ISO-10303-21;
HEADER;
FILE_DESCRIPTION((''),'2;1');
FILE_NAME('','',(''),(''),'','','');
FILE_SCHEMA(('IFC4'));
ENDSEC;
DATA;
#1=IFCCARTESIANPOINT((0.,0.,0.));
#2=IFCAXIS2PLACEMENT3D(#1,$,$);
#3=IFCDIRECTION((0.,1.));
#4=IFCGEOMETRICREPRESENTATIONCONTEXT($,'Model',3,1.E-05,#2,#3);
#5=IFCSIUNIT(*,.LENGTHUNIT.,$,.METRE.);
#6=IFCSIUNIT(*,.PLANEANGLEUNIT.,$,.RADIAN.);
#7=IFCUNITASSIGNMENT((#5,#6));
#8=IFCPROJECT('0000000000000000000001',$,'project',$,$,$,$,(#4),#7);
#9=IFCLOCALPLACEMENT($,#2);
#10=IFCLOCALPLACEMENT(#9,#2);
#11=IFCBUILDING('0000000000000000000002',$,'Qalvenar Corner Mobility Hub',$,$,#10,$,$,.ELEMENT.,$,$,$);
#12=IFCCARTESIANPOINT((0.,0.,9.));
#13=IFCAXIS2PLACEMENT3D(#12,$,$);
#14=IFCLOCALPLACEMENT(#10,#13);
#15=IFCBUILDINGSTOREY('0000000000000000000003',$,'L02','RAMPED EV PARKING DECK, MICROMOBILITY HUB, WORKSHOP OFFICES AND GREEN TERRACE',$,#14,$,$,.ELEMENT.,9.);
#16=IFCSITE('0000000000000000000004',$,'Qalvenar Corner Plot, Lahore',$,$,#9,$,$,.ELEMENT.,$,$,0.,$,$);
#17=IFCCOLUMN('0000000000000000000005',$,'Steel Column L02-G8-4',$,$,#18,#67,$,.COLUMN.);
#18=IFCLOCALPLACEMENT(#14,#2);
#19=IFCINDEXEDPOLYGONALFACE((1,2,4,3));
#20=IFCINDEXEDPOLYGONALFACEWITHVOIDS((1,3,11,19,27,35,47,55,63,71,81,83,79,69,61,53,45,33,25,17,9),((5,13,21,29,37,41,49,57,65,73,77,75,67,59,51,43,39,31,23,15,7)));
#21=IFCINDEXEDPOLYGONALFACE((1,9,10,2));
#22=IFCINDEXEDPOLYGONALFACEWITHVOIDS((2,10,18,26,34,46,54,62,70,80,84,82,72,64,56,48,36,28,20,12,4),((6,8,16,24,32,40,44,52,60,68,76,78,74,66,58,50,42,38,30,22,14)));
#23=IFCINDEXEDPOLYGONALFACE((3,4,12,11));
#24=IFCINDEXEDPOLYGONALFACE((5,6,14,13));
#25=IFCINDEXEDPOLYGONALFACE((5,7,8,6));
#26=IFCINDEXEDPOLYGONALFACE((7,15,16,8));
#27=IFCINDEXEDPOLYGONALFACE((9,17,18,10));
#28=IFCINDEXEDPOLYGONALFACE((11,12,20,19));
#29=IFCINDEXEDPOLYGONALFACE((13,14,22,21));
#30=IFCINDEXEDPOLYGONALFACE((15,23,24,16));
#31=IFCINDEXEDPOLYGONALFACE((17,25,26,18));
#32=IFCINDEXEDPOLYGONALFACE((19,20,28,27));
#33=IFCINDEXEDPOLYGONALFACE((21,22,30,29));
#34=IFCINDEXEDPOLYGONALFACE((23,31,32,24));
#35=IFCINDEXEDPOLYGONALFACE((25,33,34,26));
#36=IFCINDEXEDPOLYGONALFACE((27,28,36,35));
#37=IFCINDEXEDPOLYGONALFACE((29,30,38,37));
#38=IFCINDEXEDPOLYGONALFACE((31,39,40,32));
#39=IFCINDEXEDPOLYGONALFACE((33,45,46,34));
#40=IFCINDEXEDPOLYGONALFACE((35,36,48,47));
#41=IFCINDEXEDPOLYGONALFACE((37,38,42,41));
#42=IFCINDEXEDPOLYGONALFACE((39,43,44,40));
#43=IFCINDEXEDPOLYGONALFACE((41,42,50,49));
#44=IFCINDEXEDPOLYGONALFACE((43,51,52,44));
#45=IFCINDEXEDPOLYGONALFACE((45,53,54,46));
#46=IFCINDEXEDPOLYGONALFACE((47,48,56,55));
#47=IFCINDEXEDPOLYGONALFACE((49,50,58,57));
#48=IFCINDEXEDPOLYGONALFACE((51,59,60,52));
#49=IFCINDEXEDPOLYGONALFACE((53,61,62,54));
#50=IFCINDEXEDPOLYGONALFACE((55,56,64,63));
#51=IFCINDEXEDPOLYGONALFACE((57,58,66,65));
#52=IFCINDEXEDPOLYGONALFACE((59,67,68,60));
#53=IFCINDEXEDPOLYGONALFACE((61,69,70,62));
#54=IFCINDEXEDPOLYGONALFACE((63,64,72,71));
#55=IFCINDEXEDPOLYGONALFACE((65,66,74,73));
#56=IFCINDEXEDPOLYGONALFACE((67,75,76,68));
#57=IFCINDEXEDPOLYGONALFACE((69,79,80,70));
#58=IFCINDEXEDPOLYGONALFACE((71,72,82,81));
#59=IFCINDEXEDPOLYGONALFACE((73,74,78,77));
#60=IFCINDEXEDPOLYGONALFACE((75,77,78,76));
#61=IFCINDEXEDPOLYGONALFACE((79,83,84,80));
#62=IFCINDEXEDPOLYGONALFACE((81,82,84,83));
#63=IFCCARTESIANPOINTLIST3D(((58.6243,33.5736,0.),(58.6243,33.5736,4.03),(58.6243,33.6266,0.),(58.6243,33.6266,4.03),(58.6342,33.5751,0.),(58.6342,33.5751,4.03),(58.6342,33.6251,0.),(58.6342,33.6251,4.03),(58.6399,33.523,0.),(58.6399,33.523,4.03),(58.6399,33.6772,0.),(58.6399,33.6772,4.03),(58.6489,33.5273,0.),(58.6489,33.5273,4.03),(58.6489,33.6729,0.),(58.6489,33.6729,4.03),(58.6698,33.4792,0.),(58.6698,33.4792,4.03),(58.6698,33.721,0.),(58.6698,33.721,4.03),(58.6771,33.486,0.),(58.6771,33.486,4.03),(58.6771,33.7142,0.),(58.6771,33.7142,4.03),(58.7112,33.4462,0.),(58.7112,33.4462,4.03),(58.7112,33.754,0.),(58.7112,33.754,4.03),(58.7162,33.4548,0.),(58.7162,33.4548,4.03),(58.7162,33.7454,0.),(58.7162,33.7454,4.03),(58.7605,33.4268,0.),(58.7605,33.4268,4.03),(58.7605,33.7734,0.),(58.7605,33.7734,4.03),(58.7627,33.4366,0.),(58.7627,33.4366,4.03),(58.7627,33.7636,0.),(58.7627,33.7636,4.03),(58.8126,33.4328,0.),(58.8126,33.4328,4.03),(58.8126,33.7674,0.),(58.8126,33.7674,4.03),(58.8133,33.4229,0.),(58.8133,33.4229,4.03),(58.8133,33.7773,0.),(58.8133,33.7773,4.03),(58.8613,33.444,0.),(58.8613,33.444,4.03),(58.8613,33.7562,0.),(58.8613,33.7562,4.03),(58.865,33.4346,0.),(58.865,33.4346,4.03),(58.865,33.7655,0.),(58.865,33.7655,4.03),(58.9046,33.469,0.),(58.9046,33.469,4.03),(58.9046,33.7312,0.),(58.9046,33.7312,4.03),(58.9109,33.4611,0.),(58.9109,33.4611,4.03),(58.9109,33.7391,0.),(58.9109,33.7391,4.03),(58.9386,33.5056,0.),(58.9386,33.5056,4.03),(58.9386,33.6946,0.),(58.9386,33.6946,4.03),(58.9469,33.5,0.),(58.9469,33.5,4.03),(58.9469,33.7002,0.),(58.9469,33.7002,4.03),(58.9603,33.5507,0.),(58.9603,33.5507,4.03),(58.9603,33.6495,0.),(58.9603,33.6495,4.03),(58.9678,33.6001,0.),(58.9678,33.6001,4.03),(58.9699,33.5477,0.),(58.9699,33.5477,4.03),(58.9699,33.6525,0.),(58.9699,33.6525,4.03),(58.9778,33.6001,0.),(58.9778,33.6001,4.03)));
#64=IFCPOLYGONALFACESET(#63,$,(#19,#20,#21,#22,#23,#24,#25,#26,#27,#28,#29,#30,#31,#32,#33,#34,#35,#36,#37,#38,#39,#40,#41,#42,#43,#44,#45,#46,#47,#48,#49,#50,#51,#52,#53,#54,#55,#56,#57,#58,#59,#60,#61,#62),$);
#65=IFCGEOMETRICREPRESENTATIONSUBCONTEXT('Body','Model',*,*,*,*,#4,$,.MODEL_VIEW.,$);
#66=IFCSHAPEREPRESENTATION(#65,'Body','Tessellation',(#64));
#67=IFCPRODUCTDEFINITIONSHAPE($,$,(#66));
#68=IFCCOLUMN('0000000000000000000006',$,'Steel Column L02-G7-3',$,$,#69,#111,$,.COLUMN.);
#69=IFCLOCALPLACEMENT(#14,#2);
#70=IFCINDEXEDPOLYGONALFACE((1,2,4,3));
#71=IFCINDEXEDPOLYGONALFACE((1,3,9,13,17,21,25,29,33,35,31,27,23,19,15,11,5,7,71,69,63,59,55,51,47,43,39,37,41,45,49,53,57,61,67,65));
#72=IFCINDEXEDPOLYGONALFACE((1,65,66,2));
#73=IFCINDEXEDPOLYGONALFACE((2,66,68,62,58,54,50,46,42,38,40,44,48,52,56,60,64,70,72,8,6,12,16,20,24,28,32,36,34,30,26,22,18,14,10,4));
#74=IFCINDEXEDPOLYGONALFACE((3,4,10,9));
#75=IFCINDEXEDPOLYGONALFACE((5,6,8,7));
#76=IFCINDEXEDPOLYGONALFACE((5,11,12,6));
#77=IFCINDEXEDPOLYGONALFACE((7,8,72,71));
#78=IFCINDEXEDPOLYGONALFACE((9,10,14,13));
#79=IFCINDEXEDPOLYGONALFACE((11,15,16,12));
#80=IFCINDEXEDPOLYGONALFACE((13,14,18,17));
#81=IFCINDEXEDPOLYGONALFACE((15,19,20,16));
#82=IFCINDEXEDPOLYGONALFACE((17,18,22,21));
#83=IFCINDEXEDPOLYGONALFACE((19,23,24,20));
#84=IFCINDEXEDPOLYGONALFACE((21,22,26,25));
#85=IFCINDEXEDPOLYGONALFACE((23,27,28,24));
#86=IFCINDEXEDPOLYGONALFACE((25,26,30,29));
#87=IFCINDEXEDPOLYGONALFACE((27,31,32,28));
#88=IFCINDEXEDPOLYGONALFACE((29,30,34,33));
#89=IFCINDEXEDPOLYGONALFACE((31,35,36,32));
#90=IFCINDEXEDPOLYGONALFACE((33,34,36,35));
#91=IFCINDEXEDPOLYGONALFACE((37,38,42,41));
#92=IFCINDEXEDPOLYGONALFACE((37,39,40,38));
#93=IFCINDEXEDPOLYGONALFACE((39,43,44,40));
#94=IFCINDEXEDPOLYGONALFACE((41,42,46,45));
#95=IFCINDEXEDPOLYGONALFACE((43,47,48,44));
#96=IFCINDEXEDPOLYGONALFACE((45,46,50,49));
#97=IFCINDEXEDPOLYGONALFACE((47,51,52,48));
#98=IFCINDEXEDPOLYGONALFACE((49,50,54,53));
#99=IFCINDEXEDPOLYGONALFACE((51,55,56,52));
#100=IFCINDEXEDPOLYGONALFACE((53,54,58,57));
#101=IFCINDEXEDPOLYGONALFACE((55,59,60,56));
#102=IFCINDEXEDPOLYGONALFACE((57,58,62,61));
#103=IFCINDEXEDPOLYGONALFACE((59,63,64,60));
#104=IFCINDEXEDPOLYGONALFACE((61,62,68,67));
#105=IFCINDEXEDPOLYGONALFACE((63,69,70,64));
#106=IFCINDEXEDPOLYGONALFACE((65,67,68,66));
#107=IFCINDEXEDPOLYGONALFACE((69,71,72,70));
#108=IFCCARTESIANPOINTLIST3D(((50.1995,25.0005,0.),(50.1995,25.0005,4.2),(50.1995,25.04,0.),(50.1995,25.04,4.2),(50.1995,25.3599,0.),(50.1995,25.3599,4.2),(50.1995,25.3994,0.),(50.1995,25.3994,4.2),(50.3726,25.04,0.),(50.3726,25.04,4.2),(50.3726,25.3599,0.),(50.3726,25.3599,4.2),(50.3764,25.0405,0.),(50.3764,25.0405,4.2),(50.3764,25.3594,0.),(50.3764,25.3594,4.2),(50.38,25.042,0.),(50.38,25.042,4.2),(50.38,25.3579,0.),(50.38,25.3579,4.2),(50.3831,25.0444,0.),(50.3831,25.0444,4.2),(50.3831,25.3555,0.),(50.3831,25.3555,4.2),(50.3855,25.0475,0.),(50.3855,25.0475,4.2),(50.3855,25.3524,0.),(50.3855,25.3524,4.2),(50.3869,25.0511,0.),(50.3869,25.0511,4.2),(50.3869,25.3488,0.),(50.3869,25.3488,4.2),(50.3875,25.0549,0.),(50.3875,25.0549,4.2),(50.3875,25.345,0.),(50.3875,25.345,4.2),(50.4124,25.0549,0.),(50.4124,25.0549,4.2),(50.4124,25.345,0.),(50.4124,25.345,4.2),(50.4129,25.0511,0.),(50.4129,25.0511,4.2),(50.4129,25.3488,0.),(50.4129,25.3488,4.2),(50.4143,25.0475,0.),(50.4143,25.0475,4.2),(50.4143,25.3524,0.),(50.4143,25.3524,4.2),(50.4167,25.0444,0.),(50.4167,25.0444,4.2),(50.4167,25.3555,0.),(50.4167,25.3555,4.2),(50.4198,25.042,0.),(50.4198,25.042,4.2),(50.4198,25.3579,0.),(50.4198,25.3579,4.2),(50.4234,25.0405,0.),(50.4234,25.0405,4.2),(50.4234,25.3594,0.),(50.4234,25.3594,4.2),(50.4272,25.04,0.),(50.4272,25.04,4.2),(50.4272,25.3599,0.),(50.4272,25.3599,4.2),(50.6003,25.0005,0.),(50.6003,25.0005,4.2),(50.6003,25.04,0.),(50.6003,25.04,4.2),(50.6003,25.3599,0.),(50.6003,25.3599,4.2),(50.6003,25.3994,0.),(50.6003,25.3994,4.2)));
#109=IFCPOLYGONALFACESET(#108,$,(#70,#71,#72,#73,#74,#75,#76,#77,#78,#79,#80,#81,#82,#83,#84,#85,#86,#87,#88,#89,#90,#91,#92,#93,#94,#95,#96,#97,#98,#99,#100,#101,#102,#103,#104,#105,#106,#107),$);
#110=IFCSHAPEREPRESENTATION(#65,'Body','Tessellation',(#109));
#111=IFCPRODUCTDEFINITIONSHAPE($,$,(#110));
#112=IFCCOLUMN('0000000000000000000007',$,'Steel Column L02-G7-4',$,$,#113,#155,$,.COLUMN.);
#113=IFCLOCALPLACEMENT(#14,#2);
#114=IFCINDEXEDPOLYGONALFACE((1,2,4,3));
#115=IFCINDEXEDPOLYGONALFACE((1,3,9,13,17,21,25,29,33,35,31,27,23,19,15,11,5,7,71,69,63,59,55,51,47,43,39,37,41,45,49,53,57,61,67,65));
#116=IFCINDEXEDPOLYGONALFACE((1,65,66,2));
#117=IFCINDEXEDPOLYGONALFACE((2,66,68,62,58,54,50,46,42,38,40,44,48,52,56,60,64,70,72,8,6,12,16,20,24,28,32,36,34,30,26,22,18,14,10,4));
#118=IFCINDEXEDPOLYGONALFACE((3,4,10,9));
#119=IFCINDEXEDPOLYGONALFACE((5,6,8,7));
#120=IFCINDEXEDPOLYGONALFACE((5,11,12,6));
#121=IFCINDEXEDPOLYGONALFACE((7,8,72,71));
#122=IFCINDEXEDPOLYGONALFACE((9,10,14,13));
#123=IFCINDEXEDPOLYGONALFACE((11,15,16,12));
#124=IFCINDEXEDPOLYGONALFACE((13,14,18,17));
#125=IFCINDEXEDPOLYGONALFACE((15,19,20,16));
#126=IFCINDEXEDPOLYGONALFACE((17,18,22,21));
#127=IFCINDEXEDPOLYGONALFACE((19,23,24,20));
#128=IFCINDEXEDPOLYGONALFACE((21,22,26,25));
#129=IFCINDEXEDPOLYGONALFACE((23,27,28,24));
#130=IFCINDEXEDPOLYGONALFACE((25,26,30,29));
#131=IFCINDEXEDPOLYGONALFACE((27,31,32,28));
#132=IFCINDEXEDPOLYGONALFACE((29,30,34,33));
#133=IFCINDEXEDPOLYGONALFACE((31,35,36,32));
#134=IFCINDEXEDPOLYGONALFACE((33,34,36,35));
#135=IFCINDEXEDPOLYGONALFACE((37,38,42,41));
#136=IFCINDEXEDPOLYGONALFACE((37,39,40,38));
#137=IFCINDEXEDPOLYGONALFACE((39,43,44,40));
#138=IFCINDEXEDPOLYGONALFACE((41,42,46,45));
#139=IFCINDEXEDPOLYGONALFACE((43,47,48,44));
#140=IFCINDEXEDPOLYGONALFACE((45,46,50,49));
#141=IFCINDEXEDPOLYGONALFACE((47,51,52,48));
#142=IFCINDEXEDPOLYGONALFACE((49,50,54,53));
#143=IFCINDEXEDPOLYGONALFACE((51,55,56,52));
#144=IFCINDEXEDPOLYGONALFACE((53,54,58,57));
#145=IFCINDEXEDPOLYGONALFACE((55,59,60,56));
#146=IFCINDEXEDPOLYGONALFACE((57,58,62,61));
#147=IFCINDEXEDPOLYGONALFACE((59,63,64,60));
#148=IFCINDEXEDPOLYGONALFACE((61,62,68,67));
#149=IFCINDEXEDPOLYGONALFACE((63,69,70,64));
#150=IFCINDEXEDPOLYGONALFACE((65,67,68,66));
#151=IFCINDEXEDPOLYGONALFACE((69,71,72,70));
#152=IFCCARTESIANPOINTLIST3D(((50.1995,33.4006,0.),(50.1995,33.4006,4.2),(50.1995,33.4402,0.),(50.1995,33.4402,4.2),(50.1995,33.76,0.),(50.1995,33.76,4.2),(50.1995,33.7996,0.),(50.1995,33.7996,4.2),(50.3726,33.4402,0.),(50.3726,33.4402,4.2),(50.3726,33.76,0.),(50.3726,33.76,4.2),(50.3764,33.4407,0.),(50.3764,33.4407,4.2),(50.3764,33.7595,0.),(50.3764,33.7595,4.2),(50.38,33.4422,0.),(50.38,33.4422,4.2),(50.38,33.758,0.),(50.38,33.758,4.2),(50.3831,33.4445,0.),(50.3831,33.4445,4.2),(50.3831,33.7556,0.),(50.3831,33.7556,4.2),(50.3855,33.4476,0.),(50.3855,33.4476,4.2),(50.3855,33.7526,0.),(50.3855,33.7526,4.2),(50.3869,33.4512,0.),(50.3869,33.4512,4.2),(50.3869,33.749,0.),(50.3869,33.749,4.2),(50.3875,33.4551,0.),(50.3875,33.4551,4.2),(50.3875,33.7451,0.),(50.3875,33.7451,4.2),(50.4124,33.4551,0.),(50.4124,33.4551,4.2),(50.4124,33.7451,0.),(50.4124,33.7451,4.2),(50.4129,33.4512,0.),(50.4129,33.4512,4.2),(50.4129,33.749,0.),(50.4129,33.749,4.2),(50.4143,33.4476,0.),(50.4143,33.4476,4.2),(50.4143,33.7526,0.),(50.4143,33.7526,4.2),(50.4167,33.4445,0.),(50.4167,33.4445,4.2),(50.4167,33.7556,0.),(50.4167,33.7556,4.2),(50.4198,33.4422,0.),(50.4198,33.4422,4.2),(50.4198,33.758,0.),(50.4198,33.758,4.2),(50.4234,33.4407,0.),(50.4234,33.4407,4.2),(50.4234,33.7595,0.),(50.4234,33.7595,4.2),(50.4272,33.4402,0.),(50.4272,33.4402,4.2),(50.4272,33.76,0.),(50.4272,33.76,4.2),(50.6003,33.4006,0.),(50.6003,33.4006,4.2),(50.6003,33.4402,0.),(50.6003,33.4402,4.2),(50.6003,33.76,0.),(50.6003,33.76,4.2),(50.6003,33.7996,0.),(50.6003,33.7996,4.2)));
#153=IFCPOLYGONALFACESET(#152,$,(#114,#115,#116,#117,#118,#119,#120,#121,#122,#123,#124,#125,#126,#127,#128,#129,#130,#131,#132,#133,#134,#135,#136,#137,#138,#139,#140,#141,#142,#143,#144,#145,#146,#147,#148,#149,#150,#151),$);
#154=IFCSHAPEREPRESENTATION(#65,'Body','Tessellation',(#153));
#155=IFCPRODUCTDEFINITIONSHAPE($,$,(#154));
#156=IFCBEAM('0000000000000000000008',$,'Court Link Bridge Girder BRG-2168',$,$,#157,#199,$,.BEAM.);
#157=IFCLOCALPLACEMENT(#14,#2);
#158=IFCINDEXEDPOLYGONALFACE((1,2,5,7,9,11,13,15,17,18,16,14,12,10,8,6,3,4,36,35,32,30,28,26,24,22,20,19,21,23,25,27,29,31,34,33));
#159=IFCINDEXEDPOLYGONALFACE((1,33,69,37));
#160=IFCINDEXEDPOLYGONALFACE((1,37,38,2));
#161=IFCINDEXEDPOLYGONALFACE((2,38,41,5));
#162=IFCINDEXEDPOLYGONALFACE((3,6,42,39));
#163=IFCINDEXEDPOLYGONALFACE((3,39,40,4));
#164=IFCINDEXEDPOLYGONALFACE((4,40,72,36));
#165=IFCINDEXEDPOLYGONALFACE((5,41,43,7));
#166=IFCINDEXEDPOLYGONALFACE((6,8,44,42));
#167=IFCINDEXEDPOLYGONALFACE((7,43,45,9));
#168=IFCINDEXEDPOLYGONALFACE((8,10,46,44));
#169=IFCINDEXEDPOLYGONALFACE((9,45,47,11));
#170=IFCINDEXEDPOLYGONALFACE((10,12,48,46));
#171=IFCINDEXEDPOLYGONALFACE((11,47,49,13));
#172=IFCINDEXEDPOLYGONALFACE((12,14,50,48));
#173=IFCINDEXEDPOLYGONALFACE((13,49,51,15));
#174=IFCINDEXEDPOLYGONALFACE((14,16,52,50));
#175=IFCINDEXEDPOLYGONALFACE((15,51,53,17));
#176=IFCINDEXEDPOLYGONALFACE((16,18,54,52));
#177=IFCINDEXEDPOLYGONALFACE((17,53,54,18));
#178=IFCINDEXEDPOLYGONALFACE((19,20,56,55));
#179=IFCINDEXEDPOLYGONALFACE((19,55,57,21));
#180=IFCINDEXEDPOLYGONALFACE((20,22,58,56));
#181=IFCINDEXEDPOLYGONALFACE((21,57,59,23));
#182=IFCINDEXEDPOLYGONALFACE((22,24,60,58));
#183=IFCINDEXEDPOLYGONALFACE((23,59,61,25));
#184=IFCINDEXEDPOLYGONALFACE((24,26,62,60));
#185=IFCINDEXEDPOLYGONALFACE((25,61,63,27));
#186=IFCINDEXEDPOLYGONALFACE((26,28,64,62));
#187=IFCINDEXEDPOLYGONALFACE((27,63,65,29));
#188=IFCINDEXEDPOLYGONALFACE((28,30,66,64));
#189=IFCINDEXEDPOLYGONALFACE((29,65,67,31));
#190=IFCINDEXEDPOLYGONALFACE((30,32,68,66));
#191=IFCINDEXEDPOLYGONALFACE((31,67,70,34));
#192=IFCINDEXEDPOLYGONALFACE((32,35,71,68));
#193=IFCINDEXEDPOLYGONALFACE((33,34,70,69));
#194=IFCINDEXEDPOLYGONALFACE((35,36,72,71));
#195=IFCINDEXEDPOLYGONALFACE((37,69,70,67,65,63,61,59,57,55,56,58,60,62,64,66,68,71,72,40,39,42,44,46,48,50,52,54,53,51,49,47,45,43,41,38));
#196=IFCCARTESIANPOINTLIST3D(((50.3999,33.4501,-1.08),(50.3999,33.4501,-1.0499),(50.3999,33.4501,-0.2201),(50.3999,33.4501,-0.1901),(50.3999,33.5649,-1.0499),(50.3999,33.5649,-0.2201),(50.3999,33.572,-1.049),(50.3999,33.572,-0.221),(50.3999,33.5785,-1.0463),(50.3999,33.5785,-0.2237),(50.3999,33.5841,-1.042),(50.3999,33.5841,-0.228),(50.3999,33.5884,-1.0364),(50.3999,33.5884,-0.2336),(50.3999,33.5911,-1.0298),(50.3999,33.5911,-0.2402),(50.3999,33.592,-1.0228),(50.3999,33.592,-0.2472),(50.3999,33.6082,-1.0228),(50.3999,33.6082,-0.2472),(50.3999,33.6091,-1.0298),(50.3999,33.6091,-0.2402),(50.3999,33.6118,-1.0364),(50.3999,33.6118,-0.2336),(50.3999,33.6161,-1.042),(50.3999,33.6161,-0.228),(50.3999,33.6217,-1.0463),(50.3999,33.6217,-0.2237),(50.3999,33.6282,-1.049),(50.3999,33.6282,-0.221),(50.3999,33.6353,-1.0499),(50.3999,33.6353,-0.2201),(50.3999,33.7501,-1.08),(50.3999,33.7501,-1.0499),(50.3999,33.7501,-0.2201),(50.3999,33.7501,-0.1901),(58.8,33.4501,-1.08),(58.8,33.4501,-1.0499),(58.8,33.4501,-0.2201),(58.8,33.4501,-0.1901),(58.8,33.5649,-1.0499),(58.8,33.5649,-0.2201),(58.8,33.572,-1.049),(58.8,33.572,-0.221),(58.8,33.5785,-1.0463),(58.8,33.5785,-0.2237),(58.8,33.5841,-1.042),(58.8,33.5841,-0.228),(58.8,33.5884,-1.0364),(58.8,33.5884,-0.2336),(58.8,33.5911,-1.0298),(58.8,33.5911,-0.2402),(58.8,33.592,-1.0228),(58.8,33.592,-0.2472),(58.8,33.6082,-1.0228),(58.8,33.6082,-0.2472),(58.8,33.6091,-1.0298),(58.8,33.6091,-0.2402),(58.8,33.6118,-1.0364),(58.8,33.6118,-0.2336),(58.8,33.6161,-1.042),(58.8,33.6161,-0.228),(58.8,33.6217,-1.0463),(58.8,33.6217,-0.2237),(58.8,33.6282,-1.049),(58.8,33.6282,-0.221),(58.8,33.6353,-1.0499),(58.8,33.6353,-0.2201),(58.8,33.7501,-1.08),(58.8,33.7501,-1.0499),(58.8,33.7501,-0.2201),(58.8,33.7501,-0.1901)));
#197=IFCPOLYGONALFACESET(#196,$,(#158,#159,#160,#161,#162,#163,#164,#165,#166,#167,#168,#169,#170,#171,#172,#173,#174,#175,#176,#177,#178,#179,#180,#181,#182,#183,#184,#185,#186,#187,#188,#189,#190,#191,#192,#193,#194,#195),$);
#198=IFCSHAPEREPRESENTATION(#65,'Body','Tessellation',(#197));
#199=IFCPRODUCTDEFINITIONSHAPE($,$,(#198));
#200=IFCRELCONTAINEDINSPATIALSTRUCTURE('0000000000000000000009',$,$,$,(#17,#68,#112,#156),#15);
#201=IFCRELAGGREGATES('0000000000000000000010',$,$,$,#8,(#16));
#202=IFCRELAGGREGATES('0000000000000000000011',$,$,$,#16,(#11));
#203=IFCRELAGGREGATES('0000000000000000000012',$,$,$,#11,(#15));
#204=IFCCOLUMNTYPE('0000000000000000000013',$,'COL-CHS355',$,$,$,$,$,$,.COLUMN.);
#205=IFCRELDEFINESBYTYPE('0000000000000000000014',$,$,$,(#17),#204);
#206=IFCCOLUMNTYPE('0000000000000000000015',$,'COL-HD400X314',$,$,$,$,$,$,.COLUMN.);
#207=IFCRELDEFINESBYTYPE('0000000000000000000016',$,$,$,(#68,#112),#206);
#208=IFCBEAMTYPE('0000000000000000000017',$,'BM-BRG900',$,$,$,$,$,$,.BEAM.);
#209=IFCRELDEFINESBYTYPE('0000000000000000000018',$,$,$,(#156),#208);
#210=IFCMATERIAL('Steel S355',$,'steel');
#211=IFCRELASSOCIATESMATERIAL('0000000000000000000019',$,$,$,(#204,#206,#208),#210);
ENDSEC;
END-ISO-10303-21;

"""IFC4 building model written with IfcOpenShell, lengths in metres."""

from ifc_helpers import new_model, si_unit, direction, frame, origin, origin_2d, place, context, subcontext, project, spatial, hollow_circle, i_section, extrude, material, material_profile, profile_set, type_object, element, save


model = new_model("IFC4")

# Units and contexts
model_context = context("Model", 3, precision=1e-05, world=origin(), true_north=direction((0.0, 1.0)))
body_context = subcontext(model_context, "Body", "Model", "MODEL_VIEW")
ifc_project = project(units=[si_unit("LENGTHUNIT", "METRE"), si_unit("PLANEANGLEUNIT", "RADIAN")], contexts=[model_context])

# Site, building, storey
site_placement = place(None, origin())
site = spatial("IfcSite", under=ifc_project, at=site_placement, Name="Qalvenar Corner Plot, Lahore", CompositionType="ELEMENT", RefElevation=0.0)
building_placement = place(site_placement, origin())
building = spatial("IfcBuilding", under=site, at=building_placement, Name="Qalvenar Corner Mobility Hub", CompositionType="ELEMENT")
storey_placement = place(building_placement, frame((0.0, 0.0, 9.0)))
storey = spatial("IfcBuildingStorey", under=building, at=storey_placement, Name="L02", Description="RAMPED EV PARKING DECK, MICROMOBILITY HUB, WORKSHOP OFFICES AND GREEN TERRACE", CompositionType="ELEMENT", Elevation=9.0)

# Columns
ifc_material_1 = material(Name="Steel S355", Category="steel")
ifc_material_profile_1 = material_profile(ifc_material_1, hollow_circle(Radius=0.1777, WallThickness=0.01, at=origin_2d()), Name="CHS355.6x10")
ifc_profile_set_1 = profile_set([ifc_material_profile_1], Name="Steel S355")
column_type_1 = type_object("IfcColumnType", Name="COL-CHS355", PredefinedType="COLUMN", material=ifc_profile_set_1)
column_placement = place(storey_placement, frame((58.8, 33.6001, 0.0), z_axis=(0.0, 0.0, 1.0), x_axis=(1.0, 0.0, 0.0)))
element("IfcColumn", 1, at=column_placement, inside=storey, type_object=column_type_1, Name="Steel Column L02-G8-4", PredefinedType="COLUMN", context=body_context, shape_type="SweptSolid", body=[
    extrude(hollow_circle(Radius=0.1777, WallThickness=0.01, at=origin_2d()), origin(), (0.0, 0.0, 1.0), 4.03),
])
ifc_material_profile_2 = material_profile(ifc_material_1, i_section(OverallWidth=0.4009, OverallDepth=0.3989, WebThickness=0.0249, FlangeThickness=0.0396, FilletRadius=0.0149, at=origin_2d()), Name="HD400x314")
ifc_profile_set_2 = profile_set([ifc_material_profile_2], Name="Steel S355")
column_type_2 = type_object("IfcColumnType", Name="COL-HD400X314", PredefinedType="COLUMN", material=ifc_profile_set_2)
for number, where, z_axis, x_axis, name in (
    (2, (50.3999, 25.2, 0.0), (0.0, 0.0, 1.0), (1.0, 0.0, 0.0), "Steel Column L02-G7-3"),
    (3, (50.3999, 33.6001, 0.0), (0.0, 0.0, 1.0), (1.0, 0.0, 0.0), "Steel Column L02-G7-4"),
):
    element("IfcColumn", number, at=place(storey_placement, frame(where, z_axis=z_axis, x_axis=x_axis)), inside=storey, type_object=column_type_2, Name=name, PredefinedType="COLUMN", context=body_context, shape_type="SweptSolid", body=[
        extrude(i_section(OverallWidth=0.4009, OverallDepth=0.3989, WebThickness=0.0249, FlangeThickness=0.0396, FilletRadius=0.0149, at=origin_2d()), origin(), (0.0, 0.0, 1.0), 4.2),
    ])

# Beam
ifc_material_profile_3 = material_profile(ifc_material_1, i_section(OverallWidth=0.3, OverallDepth=0.8899, WebThickness=0.0161, FlangeThickness=0.03, FilletRadius=0.0271, at=origin_2d()), Name="HEA900")
ifc_profile_set_3 = profile_set([ifc_material_profile_3], Name="Steel S355")
beam_type_1 = type_object("IfcBeamType", Name="BM-BRG900", PredefinedType="BEAM", material=ifc_profile_set_3)
beam_1_placement = place(storey_placement, frame((50.3999, 33.6001, -0.635), z_axis=(1.0, 0.0, 0.0), x_axis=(0.0, 1.0, 0.0)))
element("IfcBeam", 4, at=beam_1_placement, inside=storey, type_object=beam_type_1, Name="Court Link Bridge Girder BRG-2168", PredefinedType="BEAM", context=body_context, shape_type="SweptSolid", body=[
    extrude(i_section(OverallWidth=0.3, OverallDepth=0.8899, WebThickness=0.0161, FlangeThickness=0.03, FilletRadius=0.0271, at=origin_2d()), origin(), (0.0, 0.0, 1.0), 8.4001),
])

save(model, "model.ifc")
